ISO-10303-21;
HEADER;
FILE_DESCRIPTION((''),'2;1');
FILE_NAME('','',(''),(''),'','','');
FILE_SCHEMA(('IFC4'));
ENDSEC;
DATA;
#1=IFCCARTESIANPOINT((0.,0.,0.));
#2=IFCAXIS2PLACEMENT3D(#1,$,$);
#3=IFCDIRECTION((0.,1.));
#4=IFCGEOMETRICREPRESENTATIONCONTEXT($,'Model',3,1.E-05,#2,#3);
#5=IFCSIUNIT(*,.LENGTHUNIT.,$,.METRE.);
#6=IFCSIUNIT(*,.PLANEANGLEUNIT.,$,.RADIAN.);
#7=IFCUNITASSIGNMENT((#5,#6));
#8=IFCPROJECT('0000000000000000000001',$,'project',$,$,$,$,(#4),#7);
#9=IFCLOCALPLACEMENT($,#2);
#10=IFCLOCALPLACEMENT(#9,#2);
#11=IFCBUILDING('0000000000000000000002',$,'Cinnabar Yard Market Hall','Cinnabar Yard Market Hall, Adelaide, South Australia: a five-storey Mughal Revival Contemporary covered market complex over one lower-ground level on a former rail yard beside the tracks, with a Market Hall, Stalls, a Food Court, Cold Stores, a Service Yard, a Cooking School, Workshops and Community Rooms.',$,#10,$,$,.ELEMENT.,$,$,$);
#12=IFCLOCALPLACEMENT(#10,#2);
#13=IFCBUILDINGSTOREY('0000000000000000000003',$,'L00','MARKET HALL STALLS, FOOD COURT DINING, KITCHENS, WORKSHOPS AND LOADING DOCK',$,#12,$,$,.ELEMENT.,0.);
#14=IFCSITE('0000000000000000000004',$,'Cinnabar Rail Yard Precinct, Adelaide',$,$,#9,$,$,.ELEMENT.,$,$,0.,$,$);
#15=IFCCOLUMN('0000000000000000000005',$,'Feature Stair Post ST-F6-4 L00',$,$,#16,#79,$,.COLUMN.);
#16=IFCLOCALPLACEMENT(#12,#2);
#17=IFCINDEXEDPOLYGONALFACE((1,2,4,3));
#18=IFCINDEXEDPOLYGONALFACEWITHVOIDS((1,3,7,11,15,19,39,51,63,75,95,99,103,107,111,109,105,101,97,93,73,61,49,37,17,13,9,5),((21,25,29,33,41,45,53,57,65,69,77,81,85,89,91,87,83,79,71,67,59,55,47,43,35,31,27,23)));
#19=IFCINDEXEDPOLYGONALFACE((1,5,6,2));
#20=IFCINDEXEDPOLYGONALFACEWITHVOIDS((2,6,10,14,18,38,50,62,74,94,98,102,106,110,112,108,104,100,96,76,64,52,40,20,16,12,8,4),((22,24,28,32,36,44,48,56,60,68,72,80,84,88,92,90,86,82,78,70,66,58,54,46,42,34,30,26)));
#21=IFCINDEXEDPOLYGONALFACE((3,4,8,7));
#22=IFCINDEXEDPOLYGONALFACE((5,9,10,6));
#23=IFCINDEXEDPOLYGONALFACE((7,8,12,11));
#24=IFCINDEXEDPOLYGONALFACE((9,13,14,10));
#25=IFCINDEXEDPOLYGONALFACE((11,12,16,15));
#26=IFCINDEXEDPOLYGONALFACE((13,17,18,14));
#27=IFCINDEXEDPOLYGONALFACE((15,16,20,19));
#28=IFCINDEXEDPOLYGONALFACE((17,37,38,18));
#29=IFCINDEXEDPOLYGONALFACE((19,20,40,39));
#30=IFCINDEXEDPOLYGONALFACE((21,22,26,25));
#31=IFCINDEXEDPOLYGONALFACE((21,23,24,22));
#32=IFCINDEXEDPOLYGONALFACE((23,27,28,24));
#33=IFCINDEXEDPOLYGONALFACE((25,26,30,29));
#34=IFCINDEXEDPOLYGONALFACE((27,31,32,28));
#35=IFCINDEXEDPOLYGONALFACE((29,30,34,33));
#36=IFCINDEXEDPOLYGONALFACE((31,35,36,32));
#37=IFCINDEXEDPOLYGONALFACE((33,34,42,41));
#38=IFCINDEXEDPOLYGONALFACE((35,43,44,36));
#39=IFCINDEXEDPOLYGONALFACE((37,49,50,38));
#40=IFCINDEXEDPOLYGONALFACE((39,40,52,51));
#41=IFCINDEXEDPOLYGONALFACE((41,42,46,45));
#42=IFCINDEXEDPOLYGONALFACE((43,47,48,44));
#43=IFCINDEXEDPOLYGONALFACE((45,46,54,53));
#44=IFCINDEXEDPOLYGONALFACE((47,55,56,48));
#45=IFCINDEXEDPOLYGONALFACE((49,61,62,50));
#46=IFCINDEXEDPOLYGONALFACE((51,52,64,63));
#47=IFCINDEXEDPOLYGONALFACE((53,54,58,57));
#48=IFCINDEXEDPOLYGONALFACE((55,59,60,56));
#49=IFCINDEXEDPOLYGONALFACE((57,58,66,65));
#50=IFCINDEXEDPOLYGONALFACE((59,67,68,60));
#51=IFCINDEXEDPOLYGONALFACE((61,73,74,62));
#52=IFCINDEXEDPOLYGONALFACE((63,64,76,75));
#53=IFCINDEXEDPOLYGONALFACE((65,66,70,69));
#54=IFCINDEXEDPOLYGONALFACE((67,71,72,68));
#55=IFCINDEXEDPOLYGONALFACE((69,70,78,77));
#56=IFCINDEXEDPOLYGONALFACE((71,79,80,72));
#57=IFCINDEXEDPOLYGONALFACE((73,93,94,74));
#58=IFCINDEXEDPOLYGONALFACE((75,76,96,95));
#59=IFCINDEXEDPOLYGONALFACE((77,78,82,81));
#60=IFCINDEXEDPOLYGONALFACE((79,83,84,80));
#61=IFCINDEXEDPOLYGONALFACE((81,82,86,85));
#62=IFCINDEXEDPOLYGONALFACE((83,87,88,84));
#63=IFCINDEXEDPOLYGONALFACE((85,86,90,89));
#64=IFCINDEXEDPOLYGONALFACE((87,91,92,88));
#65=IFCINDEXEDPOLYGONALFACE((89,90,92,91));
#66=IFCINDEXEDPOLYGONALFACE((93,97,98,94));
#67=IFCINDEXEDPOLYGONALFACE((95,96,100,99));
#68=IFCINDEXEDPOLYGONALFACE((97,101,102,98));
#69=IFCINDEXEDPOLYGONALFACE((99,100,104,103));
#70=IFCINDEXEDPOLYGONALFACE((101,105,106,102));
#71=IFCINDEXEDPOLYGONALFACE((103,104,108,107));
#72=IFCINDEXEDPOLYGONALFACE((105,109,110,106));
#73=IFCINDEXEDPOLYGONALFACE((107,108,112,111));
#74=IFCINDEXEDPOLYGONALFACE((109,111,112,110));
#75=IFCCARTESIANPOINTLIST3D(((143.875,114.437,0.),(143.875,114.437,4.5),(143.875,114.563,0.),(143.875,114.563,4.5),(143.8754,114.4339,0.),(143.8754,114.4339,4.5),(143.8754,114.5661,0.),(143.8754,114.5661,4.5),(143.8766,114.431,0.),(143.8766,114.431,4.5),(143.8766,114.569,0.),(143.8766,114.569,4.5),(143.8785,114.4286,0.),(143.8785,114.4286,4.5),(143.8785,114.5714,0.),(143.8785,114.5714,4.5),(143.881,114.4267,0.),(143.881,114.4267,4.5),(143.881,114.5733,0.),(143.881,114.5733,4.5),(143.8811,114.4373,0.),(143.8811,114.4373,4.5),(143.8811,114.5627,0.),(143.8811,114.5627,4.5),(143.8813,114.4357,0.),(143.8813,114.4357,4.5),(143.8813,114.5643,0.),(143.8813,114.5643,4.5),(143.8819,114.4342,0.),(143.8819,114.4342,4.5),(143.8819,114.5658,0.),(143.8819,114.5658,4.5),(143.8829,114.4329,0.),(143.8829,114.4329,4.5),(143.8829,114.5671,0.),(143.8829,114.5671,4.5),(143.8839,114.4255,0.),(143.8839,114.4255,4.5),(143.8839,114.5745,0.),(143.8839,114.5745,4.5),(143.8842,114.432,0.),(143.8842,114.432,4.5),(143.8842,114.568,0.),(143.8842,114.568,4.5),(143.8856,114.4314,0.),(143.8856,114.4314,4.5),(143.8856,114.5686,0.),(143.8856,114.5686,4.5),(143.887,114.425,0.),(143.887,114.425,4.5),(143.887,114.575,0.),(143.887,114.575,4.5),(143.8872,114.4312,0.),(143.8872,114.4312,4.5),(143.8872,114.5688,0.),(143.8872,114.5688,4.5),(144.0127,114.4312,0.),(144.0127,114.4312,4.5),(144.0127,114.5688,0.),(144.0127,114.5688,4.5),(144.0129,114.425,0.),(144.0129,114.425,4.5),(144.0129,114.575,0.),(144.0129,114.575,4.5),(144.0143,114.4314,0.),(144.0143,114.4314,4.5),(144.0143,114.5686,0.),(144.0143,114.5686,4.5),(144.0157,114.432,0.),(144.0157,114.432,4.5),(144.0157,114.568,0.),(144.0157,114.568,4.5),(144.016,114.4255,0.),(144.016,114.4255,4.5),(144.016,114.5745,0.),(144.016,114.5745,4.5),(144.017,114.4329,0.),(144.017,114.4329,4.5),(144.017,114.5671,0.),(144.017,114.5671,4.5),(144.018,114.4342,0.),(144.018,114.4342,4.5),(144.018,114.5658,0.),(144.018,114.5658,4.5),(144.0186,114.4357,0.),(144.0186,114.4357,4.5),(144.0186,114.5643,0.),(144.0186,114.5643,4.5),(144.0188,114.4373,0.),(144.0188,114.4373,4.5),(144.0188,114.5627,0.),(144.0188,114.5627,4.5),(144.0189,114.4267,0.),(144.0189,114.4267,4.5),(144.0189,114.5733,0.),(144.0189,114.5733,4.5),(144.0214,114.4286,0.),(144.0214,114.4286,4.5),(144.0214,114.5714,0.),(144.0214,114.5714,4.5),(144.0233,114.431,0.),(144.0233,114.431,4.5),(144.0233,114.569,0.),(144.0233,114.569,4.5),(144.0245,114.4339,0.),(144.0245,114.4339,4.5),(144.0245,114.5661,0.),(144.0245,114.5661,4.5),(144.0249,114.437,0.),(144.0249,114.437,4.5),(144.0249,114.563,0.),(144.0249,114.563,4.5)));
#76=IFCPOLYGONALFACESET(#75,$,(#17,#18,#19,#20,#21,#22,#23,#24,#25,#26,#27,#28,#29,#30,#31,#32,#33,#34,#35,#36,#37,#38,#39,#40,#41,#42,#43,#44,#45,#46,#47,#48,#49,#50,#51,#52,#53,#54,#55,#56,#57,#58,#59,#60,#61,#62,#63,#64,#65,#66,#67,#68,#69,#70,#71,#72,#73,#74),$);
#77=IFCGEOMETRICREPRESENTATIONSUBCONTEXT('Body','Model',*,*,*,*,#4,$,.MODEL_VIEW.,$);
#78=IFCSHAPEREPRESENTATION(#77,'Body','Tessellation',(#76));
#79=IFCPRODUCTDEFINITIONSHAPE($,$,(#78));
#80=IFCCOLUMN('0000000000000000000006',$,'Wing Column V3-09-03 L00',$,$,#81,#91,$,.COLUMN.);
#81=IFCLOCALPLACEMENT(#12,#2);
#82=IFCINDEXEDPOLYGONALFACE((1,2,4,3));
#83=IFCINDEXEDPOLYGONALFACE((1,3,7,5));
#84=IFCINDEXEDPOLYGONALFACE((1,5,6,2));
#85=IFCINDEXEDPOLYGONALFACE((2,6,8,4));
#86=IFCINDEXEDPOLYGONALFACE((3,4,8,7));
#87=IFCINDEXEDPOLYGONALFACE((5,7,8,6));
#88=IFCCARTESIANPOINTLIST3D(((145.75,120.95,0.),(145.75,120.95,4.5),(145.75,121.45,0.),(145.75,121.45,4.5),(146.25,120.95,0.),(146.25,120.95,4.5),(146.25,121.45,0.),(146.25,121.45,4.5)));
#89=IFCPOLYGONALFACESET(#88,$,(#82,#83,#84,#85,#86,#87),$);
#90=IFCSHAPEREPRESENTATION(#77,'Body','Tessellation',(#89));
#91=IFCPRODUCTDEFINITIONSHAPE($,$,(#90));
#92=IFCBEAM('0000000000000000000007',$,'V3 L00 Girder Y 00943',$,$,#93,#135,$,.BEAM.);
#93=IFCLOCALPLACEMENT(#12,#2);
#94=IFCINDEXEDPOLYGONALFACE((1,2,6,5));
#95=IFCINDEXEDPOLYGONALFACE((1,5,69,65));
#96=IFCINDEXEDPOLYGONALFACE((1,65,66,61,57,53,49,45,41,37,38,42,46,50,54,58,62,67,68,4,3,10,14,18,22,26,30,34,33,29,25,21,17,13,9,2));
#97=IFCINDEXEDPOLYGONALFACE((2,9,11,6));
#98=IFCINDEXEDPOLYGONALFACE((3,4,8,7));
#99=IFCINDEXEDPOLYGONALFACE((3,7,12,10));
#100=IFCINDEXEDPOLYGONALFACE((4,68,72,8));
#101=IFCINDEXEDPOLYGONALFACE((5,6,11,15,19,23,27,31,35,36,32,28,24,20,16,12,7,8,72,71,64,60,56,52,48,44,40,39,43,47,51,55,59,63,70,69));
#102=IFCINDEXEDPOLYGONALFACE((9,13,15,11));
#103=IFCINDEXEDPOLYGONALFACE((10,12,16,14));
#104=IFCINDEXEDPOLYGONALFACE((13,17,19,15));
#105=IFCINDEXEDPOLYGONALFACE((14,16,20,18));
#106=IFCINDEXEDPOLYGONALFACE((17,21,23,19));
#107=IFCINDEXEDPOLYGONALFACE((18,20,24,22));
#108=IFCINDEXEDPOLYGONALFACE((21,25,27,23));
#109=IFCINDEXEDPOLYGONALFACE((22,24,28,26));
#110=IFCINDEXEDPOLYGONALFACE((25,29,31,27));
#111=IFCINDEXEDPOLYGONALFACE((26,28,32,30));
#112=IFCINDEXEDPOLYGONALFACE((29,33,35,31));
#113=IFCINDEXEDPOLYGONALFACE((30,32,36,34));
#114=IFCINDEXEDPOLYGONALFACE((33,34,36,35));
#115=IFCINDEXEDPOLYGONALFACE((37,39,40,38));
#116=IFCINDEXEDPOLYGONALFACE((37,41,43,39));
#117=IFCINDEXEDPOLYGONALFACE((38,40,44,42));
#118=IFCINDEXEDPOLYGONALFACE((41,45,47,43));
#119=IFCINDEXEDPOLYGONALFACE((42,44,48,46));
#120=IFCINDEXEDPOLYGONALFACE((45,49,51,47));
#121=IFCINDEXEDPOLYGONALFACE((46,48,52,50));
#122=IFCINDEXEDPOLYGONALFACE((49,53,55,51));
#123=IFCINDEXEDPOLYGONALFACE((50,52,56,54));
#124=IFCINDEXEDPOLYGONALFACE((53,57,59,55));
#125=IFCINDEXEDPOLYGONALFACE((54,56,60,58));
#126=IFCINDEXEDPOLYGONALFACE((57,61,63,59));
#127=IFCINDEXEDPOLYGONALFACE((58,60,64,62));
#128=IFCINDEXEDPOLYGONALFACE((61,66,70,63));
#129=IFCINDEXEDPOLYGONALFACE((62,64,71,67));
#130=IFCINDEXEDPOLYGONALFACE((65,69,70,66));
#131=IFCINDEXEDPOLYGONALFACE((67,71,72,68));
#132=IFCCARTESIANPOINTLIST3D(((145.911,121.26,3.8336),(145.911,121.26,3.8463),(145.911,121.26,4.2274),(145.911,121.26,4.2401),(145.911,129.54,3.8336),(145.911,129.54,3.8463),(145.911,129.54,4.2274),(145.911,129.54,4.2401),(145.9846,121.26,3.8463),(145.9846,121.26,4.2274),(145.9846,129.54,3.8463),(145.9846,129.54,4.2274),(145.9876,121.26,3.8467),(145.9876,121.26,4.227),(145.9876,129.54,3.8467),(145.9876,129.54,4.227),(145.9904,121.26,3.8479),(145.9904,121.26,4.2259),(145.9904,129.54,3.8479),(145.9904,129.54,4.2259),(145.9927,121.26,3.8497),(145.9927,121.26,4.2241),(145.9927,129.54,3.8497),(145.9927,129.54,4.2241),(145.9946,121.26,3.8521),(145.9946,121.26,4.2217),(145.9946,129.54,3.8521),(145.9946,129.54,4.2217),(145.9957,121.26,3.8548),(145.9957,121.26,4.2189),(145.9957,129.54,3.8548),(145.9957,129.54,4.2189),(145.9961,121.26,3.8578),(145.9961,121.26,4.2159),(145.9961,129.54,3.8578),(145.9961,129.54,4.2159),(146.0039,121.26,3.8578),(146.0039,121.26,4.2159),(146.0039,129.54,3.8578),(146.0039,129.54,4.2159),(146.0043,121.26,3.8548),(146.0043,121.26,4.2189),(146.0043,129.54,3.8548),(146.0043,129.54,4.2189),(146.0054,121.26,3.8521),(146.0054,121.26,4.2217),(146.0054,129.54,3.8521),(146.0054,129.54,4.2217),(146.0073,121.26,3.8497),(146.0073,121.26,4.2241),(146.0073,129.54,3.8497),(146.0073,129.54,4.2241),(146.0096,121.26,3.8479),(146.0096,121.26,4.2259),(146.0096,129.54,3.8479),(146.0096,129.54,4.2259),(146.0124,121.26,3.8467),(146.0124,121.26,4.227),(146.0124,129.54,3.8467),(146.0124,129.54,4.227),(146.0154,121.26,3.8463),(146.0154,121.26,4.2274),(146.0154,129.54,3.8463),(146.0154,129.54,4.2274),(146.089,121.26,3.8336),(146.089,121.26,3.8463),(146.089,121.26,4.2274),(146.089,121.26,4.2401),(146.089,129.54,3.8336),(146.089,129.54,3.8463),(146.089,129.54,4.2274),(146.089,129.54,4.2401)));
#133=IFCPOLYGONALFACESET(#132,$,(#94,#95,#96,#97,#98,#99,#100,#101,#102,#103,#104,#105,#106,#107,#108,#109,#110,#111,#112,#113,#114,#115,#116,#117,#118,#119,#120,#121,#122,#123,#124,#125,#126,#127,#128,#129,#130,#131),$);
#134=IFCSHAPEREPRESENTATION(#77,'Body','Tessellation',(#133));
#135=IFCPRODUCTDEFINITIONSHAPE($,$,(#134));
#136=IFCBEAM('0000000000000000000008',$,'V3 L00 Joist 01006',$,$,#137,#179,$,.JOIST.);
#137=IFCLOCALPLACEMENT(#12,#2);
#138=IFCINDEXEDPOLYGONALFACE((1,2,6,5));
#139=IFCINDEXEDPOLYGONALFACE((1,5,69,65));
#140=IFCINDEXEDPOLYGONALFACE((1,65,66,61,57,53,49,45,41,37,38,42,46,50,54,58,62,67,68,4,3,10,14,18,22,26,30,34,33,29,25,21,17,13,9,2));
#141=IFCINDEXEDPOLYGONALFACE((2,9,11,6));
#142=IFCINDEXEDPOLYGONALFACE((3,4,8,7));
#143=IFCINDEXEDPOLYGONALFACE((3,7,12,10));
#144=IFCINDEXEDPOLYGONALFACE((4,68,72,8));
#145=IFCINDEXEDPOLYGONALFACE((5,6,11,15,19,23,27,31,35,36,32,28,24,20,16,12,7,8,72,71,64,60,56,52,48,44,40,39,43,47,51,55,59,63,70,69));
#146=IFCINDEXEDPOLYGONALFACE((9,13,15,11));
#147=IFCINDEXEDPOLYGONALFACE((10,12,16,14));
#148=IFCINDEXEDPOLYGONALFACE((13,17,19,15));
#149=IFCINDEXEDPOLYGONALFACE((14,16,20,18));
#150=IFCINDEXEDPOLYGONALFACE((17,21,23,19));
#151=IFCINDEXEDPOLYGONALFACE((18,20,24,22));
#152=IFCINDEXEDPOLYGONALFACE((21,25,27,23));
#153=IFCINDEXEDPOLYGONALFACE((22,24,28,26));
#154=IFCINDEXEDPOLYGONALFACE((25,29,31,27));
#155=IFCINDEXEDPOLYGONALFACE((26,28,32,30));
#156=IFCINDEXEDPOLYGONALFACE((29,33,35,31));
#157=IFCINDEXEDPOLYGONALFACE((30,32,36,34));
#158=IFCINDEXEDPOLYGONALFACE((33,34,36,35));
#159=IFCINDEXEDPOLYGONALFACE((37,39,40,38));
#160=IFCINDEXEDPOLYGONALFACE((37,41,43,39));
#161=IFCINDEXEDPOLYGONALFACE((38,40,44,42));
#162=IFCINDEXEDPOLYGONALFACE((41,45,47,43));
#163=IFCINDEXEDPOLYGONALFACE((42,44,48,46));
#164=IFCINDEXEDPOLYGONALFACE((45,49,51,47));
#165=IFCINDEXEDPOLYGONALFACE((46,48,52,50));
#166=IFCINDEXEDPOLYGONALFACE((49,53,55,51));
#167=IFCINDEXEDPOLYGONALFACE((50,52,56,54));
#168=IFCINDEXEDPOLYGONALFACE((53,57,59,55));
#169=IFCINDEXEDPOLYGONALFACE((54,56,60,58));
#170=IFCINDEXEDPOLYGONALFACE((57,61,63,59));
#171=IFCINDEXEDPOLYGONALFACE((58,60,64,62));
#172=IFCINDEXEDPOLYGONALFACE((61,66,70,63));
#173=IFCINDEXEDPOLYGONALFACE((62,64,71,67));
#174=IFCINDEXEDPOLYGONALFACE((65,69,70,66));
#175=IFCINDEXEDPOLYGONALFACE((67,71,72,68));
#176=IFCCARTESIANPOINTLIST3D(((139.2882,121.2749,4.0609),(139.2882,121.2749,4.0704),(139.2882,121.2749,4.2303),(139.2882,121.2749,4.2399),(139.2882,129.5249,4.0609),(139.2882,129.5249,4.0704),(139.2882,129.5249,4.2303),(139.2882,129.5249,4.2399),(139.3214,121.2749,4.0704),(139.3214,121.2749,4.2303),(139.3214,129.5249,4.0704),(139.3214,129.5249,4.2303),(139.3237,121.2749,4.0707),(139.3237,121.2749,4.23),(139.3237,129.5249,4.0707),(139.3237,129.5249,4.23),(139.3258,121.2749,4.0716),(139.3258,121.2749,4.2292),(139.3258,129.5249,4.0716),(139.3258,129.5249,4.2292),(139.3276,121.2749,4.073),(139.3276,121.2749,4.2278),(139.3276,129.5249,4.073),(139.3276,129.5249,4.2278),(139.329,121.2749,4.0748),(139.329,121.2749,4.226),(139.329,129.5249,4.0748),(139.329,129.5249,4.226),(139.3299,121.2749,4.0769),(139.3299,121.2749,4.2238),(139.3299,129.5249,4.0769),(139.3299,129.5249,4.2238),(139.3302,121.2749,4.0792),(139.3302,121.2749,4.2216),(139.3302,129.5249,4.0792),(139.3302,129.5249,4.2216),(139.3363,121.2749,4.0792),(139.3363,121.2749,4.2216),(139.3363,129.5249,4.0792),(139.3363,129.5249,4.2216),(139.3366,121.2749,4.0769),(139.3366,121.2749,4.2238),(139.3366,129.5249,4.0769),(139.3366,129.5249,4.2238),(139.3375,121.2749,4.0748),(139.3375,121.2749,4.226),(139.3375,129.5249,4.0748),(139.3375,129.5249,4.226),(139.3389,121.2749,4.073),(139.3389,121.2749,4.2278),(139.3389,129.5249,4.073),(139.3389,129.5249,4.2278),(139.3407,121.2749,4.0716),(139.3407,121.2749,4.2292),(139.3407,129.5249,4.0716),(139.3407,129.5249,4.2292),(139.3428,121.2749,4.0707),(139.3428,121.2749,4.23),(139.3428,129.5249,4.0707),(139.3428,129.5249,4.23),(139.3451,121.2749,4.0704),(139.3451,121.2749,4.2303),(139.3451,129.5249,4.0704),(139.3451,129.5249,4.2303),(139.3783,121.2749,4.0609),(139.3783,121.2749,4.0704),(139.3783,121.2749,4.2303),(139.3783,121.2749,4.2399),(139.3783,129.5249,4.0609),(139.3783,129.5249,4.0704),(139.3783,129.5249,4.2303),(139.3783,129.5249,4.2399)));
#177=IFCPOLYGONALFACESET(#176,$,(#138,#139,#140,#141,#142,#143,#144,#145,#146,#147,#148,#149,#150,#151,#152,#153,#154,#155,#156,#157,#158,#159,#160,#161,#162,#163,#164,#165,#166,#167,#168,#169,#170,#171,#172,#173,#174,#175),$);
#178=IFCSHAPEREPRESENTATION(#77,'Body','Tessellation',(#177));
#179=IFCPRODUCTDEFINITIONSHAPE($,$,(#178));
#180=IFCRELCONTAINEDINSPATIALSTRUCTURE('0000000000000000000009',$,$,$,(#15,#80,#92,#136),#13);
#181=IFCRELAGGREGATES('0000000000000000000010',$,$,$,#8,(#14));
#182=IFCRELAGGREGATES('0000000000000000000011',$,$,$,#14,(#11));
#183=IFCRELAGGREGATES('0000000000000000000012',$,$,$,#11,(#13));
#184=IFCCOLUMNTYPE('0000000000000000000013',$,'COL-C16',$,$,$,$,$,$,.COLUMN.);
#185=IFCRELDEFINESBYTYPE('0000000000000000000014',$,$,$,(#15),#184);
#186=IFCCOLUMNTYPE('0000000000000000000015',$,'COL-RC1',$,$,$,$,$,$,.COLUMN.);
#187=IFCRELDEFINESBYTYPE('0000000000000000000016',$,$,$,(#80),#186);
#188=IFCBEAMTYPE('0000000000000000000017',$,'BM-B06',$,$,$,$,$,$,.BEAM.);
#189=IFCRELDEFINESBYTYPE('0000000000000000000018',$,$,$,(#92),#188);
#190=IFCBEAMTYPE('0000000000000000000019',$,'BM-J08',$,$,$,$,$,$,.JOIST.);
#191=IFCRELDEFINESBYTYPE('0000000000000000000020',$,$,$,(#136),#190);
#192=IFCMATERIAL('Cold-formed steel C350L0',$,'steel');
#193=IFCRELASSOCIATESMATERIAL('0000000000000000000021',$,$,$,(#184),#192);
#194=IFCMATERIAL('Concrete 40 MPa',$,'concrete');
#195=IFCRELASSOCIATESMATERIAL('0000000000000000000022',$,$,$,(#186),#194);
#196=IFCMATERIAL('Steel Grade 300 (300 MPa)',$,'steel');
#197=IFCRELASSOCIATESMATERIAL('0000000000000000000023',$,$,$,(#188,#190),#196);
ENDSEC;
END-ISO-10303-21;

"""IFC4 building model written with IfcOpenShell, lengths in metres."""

from ifc_helpers import new_model, si_unit, direction, frame, origin, origin_2d_with_axis, place, context, subcontext, project, spatial, rectangle, hollow_rectangle, i_section, extrude, material, material_profile, profile_set, type_object, element, save


model = new_model("IFC4")

# Units and contexts
model_context = context("Model", 3, precision=1e-05, world=origin(), true_north=direction((0.0, 1.0)))
body_context = subcontext(model_context, "Body", "Model", "MODEL_VIEW")
ifc_project = project(units=[si_unit("LENGTHUNIT", "METRE"), si_unit("PLANEANGLEUNIT", "RADIAN")], contexts=[model_context])

# Site, building, storey
site_placement = place(None, origin())
site = spatial("IfcSite", under=ifc_project, at=site_placement, Name="Cinnabar Rail Yard Precinct, Adelaide", CompositionType="ELEMENT", RefElevation=0.0)
building_placement = place(site_placement, origin())
building = spatial("IfcBuilding", under=site, at=building_placement, Name="Cinnabar Yard Market Hall", Description="Cinnabar Yard Market Hall, Adelaide, South Australia: a five-storey Mughal Revival Contemporary covered market complex over one lower-ground level on a former rail yard beside the tracks, with a Market Hall, Stalls, a Food Court, Cold Stores, a Service Yard, a Cooking School, Workshops and Community Rooms.", CompositionType="ELEMENT")
storey_placement = place(building_placement, origin())
storey = spatial("IfcBuildingStorey", under=building, at=storey_placement, Name="L00", Description="MARKET HALL STALLS, FOOD COURT DINING, KITCHENS, WORKSHOPS AND LOADING DOCK", CompositionType="ELEMENT", Elevation=0.0)

# Columns
ifc_material_1 = material(Name="Cold-formed steel C350L0", Category="steel")
ifc_material_profile_1 = material_profile(ifc_material_1, hollow_rectangle(XDim=0.1499, YDim=0.1499, WallThickness=0.0061, InnerFilletRadius=0.0061, OuterFilletRadius=0.012, at=origin_2d_with_axis()), Name="150x150x6.0SHS")
ifc_profile_set_1 = profile_set([ifc_material_profile_1], Name="Cold-formed steel C350L0")
column_type_1 = type_object("IfcColumnType", Name="COL-C16", PredefinedType="COLUMN", material=ifc_profile_set_1)
column_1_placement = place(storey_placement, frame((143.95, 114.5, 0.0), z_axis=(0.0, 0.0, 1.0), x_axis=(1.0, 0.0, 0.0)))
element("IfcColumn", 1, at=column_1_placement, inside=storey, type_object=column_type_1, Name="Feature Stair Post ST-F6-4 L00", PredefinedType="COLUMN", context=body_context, shape_type="SweptSolid", body=[
    extrude(hollow_rectangle(XDim=0.1499, YDim=0.1499, WallThickness=0.0061, InnerFilletRadius=0.0061, OuterFilletRadius=0.012, at=origin_2d_with_axis()), origin(), (0.0, 0.0, 1.0), 4.5),
])
ifc_material_2 = material(Name="Concrete 40 MPa", Category="concrete")
ifc_material_profile_2 = material_profile(ifc_material_2, rectangle(XDim=0.5, YDim=0.5, at=origin_2d_with_axis()), Name="RC-500x500")
ifc_profile_set_2 = profile_set([ifc_material_profile_2], Name="Concrete 40 MPa")
column_type_2 = type_object("IfcColumnType", Name="COL-RC1", PredefinedType="COLUMN", material=ifc_profile_set_2)
column_2_placement = place(storey_placement, frame((146.0, 121.2, 0.0), z_axis=(0.0, 0.0, 1.0), x_axis=(1.0, 0.0, 0.0)))
element("IfcColumn", 2, at=column_2_placement, inside=storey, type_object=column_type_2, Name="Wing Column V3-09-03 L00", PredefinedType="COLUMN", context=body_context, shape_type="SweptSolid", body=[
    extrude(rectangle(XDim=0.5, YDim=0.5, at=origin_2d_with_axis()), origin(), (0.0, 0.0, 1.0), 4.5),
])

# Beams
ifc_material_3 = material(Name="Steel Grade 300 (300 MPa)", Category="steel")
ifc_material_profile_3 = material_profile(ifc_material_3, i_section(OverallWidth=0.178, OverallDepth=0.4065, WebThickness=0.0078, FlangeThickness=0.0127, FilletRadius=0.0115, at=origin_2d_with_axis()), Name="410UB59.7")
ifc_profile_set_3 = profile_set([ifc_material_profile_3], Name="Steel Grade 300 (300 MPa)")
beam_type_1 = type_object("IfcBeamType", Name="BM-B06", PredefinedType="BEAM", material=ifc_profile_set_3)
beam_placement = place(storey_placement, frame((146.0, 121.26, 4.0369), z_axis=(0.0, 1.0, 0.0), x_axis=(-1.0, 0.0, 0.0)))
element("IfcBeam", 3, at=beam_placement, inside=storey, type_object=beam_type_1, Name="V3 L00 Girder Y 00943", PredefinedType="BEAM", context=body_context, shape_type="SweptSolid", body=[
    extrude(i_section(OverallWidth=0.178, OverallDepth=0.4065, WebThickness=0.0078, FlangeThickness=0.0127, FilletRadius=0.0115, at=origin_2d_with_axis()), origin(), (0.0, 0.0, 1.0), 8.28),
])
ifc_material_profile_4 = material_profile(ifc_material_3, i_section(OverallWidth=0.0901, OverallDepth=0.179, WebThickness=0.0061, FlangeThickness=0.0095, FilletRadius=0.0088, at=origin_2d_with_axis()), Name="180UB22.2")
ifc_profile_set_4 = profile_set([ifc_material_profile_4], Name="Steel Grade 300 (300 MPa)")
beam_type_2 = type_object("IfcBeamType", Name="BM-J08", PredefinedType="JOIST", material=ifc_profile_set_4)
for number, where, z_axis, x_axis, name in (
    (4, (139.3333, 121.2749, 4.1504), (0.0, 1.0, 0.0), (-1.0, 0.0, 0.0), "V3 L00 Joist 01006"),
):
    element("IfcBeam", number, at=place(storey_placement, frame(where, z_axis=z_axis, x_axis=x_axis)), inside=storey, type_object=beam_type_2, Name=name, PredefinedType="JOIST", context=body_context, shape_type="SweptSolid", body=[
        extrude(i_section(OverallWidth=0.0901, OverallDepth=0.179, WebThickness=0.0061, FlangeThickness=0.0095, FilletRadius=0.0088, at=origin_2d_with_axis()), origin(), (0.0, 0.0, 1.0), 8.25),
    ])

save(model, "model.ifc")
